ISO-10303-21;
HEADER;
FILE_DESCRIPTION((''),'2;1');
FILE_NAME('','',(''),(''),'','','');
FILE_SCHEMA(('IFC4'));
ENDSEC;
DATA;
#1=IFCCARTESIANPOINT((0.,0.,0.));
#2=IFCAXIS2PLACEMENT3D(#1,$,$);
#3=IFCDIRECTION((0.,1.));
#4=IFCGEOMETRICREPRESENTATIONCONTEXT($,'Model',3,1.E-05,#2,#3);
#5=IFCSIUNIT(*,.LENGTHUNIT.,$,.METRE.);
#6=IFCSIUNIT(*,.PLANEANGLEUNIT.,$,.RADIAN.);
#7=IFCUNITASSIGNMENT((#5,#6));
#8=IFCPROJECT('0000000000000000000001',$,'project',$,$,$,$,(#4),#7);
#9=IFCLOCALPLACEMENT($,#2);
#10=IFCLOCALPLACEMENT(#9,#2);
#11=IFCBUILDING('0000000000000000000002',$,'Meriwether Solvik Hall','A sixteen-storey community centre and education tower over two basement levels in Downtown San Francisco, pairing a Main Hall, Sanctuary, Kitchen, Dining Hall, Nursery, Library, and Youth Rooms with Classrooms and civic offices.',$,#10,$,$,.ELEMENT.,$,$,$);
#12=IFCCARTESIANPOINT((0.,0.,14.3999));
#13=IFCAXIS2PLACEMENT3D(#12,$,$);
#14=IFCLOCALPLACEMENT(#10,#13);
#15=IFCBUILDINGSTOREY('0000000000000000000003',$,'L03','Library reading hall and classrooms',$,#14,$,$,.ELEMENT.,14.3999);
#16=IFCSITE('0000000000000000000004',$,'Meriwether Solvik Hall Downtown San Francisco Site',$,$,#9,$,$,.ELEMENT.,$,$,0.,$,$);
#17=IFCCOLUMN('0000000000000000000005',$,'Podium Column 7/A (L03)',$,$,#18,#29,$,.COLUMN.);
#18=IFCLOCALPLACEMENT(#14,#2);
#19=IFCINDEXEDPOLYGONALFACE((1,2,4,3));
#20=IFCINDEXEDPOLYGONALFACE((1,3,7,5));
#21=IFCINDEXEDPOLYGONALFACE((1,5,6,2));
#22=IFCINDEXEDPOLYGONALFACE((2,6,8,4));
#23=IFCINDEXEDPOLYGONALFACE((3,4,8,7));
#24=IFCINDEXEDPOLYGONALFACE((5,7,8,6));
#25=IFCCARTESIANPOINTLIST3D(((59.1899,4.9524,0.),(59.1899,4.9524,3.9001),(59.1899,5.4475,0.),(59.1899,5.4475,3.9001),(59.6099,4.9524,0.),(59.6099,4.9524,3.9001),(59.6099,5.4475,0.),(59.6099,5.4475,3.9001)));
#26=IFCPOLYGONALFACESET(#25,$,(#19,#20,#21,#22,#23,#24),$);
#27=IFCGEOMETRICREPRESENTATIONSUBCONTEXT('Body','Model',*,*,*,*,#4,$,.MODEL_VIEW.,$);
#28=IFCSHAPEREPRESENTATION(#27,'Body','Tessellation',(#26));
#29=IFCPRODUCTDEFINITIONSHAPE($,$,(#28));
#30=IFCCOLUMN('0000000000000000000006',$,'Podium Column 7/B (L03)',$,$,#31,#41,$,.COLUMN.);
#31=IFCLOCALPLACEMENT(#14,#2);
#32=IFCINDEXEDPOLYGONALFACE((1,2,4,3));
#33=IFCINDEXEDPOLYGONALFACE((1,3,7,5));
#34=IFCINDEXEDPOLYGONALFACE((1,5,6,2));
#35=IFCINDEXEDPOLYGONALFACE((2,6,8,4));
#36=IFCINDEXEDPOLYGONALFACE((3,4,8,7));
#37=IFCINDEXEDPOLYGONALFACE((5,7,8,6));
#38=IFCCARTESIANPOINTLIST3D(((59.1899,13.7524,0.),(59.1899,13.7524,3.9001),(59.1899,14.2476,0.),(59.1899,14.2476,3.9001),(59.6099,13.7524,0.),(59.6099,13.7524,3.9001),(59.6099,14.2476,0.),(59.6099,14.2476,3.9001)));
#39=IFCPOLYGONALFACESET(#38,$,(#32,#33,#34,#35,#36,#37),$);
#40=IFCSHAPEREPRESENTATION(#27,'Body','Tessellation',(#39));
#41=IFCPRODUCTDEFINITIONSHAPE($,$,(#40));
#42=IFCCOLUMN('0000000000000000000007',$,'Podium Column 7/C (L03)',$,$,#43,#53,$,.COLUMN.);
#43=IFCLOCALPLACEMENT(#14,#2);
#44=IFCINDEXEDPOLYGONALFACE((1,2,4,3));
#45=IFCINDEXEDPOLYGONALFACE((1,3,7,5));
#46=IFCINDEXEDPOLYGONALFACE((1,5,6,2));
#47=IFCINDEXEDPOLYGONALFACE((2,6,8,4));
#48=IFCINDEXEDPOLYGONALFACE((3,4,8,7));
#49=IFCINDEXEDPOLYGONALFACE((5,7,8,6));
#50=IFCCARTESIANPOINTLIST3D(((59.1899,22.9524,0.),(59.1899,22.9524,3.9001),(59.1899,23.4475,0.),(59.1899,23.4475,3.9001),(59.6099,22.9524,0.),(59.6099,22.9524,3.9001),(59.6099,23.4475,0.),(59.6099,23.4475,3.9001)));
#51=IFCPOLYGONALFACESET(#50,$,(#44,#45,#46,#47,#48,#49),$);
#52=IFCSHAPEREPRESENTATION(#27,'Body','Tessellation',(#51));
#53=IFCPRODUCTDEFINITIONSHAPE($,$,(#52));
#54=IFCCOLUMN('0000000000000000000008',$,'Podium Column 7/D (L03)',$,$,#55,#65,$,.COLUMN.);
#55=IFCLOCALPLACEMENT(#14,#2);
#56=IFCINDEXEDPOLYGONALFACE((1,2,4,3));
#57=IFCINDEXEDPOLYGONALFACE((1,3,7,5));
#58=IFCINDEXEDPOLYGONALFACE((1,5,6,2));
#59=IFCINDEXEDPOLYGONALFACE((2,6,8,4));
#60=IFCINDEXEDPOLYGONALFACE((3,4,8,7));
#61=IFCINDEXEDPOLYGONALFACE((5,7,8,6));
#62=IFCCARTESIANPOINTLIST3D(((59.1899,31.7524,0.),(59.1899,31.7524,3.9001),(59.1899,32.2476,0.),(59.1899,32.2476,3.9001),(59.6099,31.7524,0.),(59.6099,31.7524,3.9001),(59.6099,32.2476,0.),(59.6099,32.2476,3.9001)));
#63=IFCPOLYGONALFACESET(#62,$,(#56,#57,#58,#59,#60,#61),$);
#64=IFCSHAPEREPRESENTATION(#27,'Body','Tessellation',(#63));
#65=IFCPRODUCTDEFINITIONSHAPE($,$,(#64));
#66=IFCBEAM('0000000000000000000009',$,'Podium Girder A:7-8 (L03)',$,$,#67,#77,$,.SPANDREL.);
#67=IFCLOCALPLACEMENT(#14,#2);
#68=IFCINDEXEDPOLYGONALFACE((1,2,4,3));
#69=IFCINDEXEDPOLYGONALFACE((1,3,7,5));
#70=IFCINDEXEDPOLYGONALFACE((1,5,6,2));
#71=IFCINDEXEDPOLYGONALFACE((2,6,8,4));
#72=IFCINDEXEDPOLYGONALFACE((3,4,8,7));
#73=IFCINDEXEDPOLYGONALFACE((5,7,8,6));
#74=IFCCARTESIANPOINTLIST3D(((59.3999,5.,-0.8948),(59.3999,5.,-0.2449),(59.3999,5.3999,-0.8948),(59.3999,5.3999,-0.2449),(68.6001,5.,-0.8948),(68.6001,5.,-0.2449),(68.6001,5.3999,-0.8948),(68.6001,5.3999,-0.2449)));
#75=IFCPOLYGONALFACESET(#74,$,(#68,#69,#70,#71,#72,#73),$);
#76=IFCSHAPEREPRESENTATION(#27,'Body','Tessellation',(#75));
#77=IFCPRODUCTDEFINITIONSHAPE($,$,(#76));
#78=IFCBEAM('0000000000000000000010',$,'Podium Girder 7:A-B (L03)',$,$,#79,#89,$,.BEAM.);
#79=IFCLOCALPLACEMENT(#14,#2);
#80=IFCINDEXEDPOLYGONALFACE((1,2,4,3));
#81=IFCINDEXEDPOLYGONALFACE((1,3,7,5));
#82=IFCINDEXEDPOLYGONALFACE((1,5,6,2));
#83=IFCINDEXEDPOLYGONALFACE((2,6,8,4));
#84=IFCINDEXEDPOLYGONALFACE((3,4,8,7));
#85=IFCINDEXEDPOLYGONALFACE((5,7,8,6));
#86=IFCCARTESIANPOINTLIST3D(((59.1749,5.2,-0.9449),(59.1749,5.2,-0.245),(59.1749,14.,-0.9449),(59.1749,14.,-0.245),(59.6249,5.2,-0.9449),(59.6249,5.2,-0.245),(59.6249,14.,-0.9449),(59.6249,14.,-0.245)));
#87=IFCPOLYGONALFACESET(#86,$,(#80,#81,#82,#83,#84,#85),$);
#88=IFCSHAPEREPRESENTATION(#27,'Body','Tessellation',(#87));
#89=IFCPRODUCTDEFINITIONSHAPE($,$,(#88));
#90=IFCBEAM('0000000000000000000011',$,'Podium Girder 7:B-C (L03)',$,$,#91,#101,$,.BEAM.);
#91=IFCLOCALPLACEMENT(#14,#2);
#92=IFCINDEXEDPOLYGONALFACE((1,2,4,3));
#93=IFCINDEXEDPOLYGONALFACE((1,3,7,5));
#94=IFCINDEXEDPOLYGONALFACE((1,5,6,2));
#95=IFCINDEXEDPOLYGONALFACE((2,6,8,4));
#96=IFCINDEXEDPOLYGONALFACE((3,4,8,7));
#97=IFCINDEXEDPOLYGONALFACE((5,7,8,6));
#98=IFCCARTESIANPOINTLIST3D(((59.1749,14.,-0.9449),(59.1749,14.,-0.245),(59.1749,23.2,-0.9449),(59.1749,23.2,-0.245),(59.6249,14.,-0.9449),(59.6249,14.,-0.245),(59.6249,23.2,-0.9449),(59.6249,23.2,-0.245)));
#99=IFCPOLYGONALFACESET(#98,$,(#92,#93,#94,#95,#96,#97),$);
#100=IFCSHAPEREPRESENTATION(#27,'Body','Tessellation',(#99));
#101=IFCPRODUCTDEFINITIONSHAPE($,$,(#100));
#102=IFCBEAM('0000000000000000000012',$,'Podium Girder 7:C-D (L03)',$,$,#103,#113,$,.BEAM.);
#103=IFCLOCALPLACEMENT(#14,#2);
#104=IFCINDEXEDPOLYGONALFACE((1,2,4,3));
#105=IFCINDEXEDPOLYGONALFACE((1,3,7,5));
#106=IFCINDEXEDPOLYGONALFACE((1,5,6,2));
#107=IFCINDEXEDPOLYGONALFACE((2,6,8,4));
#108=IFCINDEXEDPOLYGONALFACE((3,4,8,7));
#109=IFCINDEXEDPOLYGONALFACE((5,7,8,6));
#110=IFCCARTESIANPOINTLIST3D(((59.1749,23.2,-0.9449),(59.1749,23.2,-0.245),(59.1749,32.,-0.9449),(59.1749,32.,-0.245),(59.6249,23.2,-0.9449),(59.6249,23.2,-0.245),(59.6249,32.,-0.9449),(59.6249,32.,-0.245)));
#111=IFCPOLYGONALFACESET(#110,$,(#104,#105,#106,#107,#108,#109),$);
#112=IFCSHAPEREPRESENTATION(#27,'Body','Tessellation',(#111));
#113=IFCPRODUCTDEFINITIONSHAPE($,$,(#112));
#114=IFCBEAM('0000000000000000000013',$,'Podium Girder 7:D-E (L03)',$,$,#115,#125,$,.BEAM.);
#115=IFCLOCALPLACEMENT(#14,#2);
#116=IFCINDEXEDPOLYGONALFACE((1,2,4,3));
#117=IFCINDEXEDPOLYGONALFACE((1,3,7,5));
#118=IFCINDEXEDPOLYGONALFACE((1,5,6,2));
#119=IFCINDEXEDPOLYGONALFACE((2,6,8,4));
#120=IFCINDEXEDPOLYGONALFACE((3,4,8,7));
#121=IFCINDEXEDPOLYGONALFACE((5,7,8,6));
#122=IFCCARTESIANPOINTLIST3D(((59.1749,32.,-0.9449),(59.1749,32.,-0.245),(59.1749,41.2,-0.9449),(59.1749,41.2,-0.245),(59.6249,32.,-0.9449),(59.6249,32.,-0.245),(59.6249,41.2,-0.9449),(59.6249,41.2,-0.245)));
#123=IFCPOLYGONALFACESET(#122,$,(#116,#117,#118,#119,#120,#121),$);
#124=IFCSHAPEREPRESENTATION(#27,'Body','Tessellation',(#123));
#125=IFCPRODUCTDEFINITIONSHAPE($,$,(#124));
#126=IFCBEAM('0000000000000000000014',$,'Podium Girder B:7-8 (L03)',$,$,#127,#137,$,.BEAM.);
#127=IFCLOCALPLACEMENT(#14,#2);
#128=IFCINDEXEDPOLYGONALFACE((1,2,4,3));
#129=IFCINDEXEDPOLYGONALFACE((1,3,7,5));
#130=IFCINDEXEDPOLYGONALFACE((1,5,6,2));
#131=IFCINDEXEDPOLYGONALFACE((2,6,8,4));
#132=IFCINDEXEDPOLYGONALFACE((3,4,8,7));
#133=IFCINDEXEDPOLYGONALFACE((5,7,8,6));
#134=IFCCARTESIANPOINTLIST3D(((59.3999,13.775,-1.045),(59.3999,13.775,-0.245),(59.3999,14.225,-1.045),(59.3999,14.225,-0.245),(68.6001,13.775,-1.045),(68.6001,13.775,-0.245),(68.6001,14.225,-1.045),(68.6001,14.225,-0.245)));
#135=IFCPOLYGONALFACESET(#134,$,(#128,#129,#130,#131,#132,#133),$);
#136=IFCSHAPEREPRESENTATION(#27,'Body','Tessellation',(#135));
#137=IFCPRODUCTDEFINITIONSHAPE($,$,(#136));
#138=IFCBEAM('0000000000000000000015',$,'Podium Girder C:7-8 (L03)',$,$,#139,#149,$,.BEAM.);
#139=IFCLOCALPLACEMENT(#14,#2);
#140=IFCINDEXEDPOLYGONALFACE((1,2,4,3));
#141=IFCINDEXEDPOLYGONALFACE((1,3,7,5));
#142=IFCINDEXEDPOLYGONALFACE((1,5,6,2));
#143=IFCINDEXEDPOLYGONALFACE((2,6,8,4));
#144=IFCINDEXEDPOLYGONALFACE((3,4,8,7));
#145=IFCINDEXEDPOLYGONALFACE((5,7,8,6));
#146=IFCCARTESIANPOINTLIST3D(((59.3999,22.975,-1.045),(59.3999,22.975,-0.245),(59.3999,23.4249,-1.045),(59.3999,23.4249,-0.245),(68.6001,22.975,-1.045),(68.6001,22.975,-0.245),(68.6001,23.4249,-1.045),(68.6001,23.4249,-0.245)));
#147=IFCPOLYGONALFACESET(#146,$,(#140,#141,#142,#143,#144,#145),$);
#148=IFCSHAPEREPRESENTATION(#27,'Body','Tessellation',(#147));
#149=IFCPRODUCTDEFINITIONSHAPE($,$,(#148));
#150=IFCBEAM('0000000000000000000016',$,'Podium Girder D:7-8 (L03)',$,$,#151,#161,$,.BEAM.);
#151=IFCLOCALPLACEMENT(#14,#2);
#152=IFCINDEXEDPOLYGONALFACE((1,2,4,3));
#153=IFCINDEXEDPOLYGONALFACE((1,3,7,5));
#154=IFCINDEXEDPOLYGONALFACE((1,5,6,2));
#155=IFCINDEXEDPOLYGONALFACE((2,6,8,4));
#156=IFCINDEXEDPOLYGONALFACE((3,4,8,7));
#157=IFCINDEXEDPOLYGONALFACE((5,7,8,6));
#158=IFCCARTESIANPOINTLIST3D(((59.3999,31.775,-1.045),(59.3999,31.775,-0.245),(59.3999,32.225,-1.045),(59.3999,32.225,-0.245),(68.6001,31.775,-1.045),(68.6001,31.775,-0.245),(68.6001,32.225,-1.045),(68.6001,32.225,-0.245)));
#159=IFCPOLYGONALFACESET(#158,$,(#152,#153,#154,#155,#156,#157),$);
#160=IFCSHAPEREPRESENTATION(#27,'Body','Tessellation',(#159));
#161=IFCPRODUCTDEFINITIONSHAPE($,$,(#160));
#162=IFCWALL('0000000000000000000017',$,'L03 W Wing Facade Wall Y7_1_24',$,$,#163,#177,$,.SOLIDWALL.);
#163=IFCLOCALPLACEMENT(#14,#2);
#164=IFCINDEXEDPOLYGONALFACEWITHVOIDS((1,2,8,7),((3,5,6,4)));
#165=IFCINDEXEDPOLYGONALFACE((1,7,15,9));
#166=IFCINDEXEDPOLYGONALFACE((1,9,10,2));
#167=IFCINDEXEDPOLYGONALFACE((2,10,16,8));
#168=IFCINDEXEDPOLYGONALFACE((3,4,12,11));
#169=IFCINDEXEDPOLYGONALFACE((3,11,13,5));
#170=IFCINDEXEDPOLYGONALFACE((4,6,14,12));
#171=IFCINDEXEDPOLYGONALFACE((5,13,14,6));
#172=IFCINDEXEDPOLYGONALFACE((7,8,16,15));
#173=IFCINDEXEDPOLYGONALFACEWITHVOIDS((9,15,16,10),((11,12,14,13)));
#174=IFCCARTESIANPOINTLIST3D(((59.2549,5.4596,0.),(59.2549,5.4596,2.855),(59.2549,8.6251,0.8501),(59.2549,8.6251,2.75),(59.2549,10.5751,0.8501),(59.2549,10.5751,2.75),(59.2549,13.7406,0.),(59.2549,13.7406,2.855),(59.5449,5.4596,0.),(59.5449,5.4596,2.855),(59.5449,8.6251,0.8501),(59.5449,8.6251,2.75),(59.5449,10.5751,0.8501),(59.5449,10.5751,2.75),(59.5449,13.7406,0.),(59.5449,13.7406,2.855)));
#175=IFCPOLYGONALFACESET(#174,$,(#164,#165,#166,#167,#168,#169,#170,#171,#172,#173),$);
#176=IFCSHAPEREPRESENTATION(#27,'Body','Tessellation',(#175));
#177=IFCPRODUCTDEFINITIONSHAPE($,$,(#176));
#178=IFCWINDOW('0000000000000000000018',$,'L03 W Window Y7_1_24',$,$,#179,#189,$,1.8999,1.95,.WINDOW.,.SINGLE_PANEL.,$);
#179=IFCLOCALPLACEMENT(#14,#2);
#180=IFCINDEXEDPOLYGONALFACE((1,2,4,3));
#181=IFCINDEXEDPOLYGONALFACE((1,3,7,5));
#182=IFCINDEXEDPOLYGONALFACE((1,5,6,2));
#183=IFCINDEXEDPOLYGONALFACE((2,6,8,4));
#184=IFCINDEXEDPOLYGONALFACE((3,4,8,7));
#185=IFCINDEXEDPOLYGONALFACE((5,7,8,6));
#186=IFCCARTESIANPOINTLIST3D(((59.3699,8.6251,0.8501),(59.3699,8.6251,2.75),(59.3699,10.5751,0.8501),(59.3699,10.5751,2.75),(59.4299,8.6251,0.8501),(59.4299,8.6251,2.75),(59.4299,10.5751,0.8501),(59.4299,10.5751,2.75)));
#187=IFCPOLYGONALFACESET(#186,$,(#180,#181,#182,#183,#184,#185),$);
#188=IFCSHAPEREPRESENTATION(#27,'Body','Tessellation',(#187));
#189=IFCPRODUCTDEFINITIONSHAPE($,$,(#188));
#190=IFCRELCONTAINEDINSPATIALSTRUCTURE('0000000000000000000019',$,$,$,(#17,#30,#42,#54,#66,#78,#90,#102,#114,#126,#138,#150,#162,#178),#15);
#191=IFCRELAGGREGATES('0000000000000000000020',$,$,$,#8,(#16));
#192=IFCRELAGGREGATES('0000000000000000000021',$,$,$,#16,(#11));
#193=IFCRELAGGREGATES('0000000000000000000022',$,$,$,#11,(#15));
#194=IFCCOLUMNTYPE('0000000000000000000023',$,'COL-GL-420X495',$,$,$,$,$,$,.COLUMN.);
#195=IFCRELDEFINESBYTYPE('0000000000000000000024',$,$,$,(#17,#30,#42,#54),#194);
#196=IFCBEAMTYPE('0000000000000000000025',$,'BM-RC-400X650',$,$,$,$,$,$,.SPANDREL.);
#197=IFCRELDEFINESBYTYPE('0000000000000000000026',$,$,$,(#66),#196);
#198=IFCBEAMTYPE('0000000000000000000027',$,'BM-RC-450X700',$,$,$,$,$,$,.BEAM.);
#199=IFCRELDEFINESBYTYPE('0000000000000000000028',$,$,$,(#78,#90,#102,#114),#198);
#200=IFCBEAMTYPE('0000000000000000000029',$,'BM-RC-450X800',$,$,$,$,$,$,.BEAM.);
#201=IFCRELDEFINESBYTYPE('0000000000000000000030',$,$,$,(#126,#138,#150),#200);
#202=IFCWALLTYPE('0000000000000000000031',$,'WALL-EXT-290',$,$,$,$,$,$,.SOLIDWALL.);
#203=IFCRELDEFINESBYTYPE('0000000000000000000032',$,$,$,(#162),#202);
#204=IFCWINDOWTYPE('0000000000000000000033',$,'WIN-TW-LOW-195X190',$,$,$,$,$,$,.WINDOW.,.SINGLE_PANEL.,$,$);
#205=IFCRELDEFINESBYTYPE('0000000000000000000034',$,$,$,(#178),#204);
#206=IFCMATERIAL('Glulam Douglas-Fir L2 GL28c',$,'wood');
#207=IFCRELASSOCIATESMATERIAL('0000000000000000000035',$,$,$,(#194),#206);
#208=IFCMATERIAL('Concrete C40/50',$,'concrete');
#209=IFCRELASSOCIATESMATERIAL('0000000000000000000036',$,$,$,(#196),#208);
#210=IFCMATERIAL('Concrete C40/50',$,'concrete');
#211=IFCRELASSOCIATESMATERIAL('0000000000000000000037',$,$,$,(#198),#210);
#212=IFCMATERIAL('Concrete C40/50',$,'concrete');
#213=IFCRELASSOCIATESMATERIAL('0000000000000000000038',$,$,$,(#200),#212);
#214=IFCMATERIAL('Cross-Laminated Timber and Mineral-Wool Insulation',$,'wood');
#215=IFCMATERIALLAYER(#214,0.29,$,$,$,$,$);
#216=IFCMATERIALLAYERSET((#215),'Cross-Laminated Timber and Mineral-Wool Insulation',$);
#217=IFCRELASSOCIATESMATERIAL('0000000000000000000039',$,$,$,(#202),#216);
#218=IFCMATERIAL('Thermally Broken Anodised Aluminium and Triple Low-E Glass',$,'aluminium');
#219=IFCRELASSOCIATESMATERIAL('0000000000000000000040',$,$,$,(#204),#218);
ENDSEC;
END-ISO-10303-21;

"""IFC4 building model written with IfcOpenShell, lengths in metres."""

from ifc_helpers import new_model, si_unit, direction, frame, frame_2d, origin, origin_2d, place, context, subcontext, project, spatial, rectangle, extrude, material, layer, layer_set, material_profile, profile_set, type_object, element, fill, save


model = new_model("IFC4")

# Units and contexts
model_context = context("Model", 3, precision=1e-05, world=origin(), true_north=direction((0.0, 1.0)))
body_context = subcontext(model_context, "Body", "Model", "MODEL_VIEW")
ifc_project = project(units=[si_unit("LENGTHUNIT", "METRE"), si_unit("PLANEANGLEUNIT", "RADIAN")], contexts=[model_context])

# Site, building, storey
site_placement = place(None, origin())
site = spatial("IfcSite", under=ifc_project, at=site_placement, Name="Meriwether Solvik Hall Downtown San Francisco Site", CompositionType="ELEMENT", RefElevation=0.0)
building_placement = place(site_placement, origin())
building = spatial("IfcBuilding", under=site, at=building_placement, Name="Meriwether Solvik Hall", Description="A sixteen-storey community centre and education tower over two basement levels in Downtown San Francisco, pairing a Main Hall, Sanctuary, Kitchen, Dining Hall, Nursery, Library, and Youth Rooms with Classrooms and civic offices.", CompositionType="ELEMENT")
storey_placement = place(building_placement, frame((0.0, 0.0, 14.3999)))
storey = spatial("IfcBuildingStorey", under=building, at=storey_placement, Name="L03", Description="Library reading hall and classrooms", CompositionType="ELEMENT", Elevation=14.3999)

# Columns
ifc_material_1 = material(Name="Glulam Douglas-Fir L2 GL28c", Category="wood")
ifc_material_profile_1 = material_profile(ifc_material_1, rectangle(XDim=0.4199, YDim=0.4951, at=origin_2d()), Name="GLC-420X495")
ifc_profile_set_1 = profile_set([ifc_material_profile_1], Name="Glulam Douglas-Fir L2 GL28c")
column_type = type_object("IfcColumnType", Name="COL-GL-420X495", PredefinedType="COLUMN", material=ifc_profile_set_1)
for number, where, z_axis, x_axis, name in (
    (1, (59.3999, 5.2, 0.0), (0.0, 0.0, 1.0), (1.0, 0.0, 0.0), "Podium Column 7/A (L03)"),
    (2, (59.3999, 14.0, 0.0), (0.0, 0.0, 1.0), (1.0, 0.0, 0.0), "Podium Column 7/B (L03)"),
    (3, (59.3999, 23.2, 0.0), (0.0, 0.0, 1.0), (1.0, 0.0, 0.0), "Podium Column 7/C (L03)"),
    (4, (59.3999, 32.0, 0.0), (0.0, 0.0, 1.0), (1.0, 0.0, 0.0), "Podium Column 7/D (L03)"),
):
    element("IfcColumn", number, at=place(storey_placement, frame(where, z_axis=z_axis, x_axis=x_axis)), inside=storey, type_object=column_type, Name=name, PredefinedType="COLUMN", context=body_context, shape_type="SweptSolid", body=[
        extrude(rectangle(XDim=0.4199, YDim=0.4951, at=origin_2d()), origin(), (0.0, 0.0, 1.0), 3.9001),
    ])

# Beams
ifc_material_2 = material(Name="Concrete C40/50", Category="concrete")
ifc_material_profile_2 = material_profile(ifc_material_2, rectangle(XDim=0.3999, YDim=0.6499, at=origin_2d()), Name="RCB-400X650")
ifc_profile_set_2 = profile_set([ifc_material_profile_2], Name="Concrete C40/50")
beam_type_1 = type_object("IfcBeamType", Name="BM-RC-400X650", PredefinedType="SPANDREL", material=ifc_profile_set_2)
beam_1_placement = place(storey_placement, frame((59.3999, 5.2, -0.5698), z_axis=(1.0, 0.0, 0.0), x_axis=(0.0, 1.0, 0.0)))
element("IfcBeam", 5, at=beam_1_placement, inside=storey, type_object=beam_type_1, Name="Podium Girder A:7-8 (L03)", PredefinedType="SPANDREL", context=body_context, shape_type="SweptSolid", body=[
    extrude(rectangle(XDim=0.3999, YDim=0.6499, at=origin_2d()), origin(), (0.0, 0.0, 1.0), 9.2002),
])
ifc_material_3 = material(Name="Concrete C40/50", Category="concrete")
ifc_material_profile_3 = material_profile(ifc_material_3, rectangle(XDim=0.45, YDim=0.7, at=origin_2d()), Name="RCB-450X700")
ifc_profile_set_3 = profile_set([ifc_material_profile_3], Name="Concrete C40/50")
beam_type_2 = type_object("IfcBeamType", Name="BM-RC-450X700", PredefinedType="BEAM", material=ifc_profile_set_3)
beam_2_placement = place(storey_placement, frame((59.3999, 5.2, -0.595), z_axis=(0.0, 1.0, 0.0), x_axis=(-1.0, 0.0, 0.0)))
element("IfcBeam", 6, at=beam_2_placement, inside=storey, type_object=beam_type_2, Name="Podium Girder 7:A-B (L03)", PredefinedType="BEAM", context=body_context, shape_type="SweptSolid", body=[
    extrude(rectangle(XDim=0.45, YDim=0.7, at=origin_2d()), origin(), (0.0, 0.0, 1.0), 8.8),
])
beam_3_placement = place(storey_placement, frame((59.3999, 14.0, -0.595), z_axis=(0.0, 1.0, 0.0), x_axis=(-1.0, 0.0, 0.0)))
element("IfcBeam", 7, at=beam_3_placement, inside=storey, type_object=beam_type_2, Name="Podium Girder 7:B-C (L03)", PredefinedType="BEAM", context=body_context, shape_type="SweptSolid", body=[
    extrude(rectangle(XDim=0.45, YDim=0.7, at=origin_2d()), origin(), (0.0, 0.0, 1.0), 9.2),
])
beam_4_placement = place(storey_placement, frame((59.3999, 23.2, -0.595), z_axis=(0.0, 1.0, 0.0), x_axis=(-1.0, 0.0, 0.0)))
element("IfcBeam", 8, at=beam_4_placement, inside=storey, type_object=beam_type_2, Name="Podium Girder 7:C-D (L03)", PredefinedType="BEAM", context=body_context, shape_type="SweptSolid", body=[
    extrude(rectangle(XDim=0.45, YDim=0.7, at=origin_2d()), origin(), (0.0, 0.0, 1.0), 8.8),
])
beam_5_placement = place(storey_placement, frame((59.3999, 32.0, -0.595), z_axis=(0.0, 1.0, 0.0), x_axis=(-1.0, 0.0, 0.0)))
element("IfcBeam", 9, at=beam_5_placement, inside=storey, type_object=beam_type_2, Name="Podium Girder 7:D-E (L03)", PredefinedType="BEAM", context=body_context, shape_type="SweptSolid", body=[
    extrude(rectangle(XDim=0.45, YDim=0.7, at=origin_2d()), origin(), (0.0, 0.0, 1.0), 9.2),
])
ifc_material_4 = material(Name="Concrete C40/50", Category="concrete")
ifc_material_profile_4 = material_profile(ifc_material_4, rectangle(XDim=0.45, YDim=0.8, at=origin_2d()), Name="RCB-450X800")
ifc_profile_set_4 = profile_set([ifc_material_profile_4], Name="Concrete C40/50")
beam_type_3 = type_object("IfcBeamType", Name="BM-RC-450X800", PredefinedType="BEAM", material=ifc_profile_set_4)
for number, where, z_axis, x_axis, name in (
    (10, (59.3999, 14.0, -0.645), (1.0, 0.0, 0.0), (0.0, 1.0, 0.0), "Podium Girder B:7-8 (L03)"),
    (11, (59.3999, 23.2, -0.645), (1.0, 0.0, 0.0), (0.0, 1.0, 0.0), "Podium Girder C:7-8 (L03)"),
    (12, (59.3999, 32.0, -0.645), (1.0, 0.0, 0.0), (0.0, 1.0, 0.0), "Podium Girder D:7-8 (L03)"),
):
    element("IfcBeam", number, at=place(storey_placement, frame(where, z_axis=z_axis, x_axis=x_axis)), inside=storey, type_object=beam_type_3, Name=name, PredefinedType="BEAM", context=body_context, shape_type="SweptSolid", body=[
        extrude(rectangle(XDim=0.45, YDim=0.8, at=origin_2d()), origin(), (0.0, 0.0, 1.0), 9.2002),
    ])

# Wall, opening, window
ifc_material_5 = material(Name="Cross-Laminated Timber and Mineral-Wool Insulation", Category="wood")
ifc_layer_1 = layer(ifc_material_5, 0.29)
ifc_layer_set_1 = layer_set([ifc_layer_1], Name="Cross-Laminated Timber and Mineral-Wool Insulation")
wall_type = type_object("IfcWallType", Name="WALL-EXT-290", PredefinedType="SOLIDWALL", material=ifc_layer_set_1)
wall_1_placement = place(storey_placement, frame((59.3999, 5.4595, 0.0), z_axis=(0.0, 0.0, 1.0), x_axis=(0.0, 1.0, 0.0)))
wall_1 = element("IfcWall", 13, at=wall_1_placement, inside=storey, type_object=wall_type, Name="L03 W Wing Facade Wall Y7_1_24", PredefinedType="SOLIDWALL", context=body_context, shape_type="SweptSolid", body=[
    extrude(rectangle(XDim=8.281, YDim=0.29, at=frame_2d((4.1406, 0.0))), origin(), (0.0, 0.0, 1.0), 2.855),
])
opening_1_placement = place(wall_1_placement, frame((3.1655, 0.0, 0.8501)))
opening_1 = element("IfcOpeningElement", 14, at=opening_1_placement, cuts=wall_1, PredefinedType="OPENING", context=body_context, shape_type="SweptSolid", body=[
    extrude(rectangle(XDim=1.95, YDim=1.8999, at=frame_2d((0.9751, 0.95))), frame((0.0, 0.157, 0.0), z_axis=(0.0, -1.0, 0.0), x_axis=(1.0, 0.0, 0.0)), (0.0, 0.0, 1.0), 0.314),
])
ifc_material_6 = material(Name="Thermally Broken Anodised Aluminium and Triple Low-E Glass", Category="aluminium")
window_type = type_object("IfcWindowType", Name="WIN-TW-LOW-195X190", PartitioningType="SINGLE_PANEL", PredefinedType="WINDOW", material=ifc_material_6)
window_1_placement = place(opening_1_placement, origin())
window_1 = element("IfcWindow", 15, at=window_1_placement, inside=storey, type_object=window_type, Name="L03 W Window Y7_1_24", OverallHeight=1.8999, OverallWidth=1.95, PartitioningType="SINGLE_PANEL", PredefinedType="WINDOW", context=body_context, shape_type="SweptSolid", body=[
    extrude(rectangle(XDim=1.95, YDim=1.8999, at=frame_2d((0.9751, 0.95))), frame((0.0, 0.03, 0.0), z_axis=(0.0, -1.0, 0.0), x_axis=(1.0, 0.0, 0.0)), (0.0, 0.0, 1.0), 0.0601),
])
fill(opening_1, window_1)

save(model, "model.ifc")
